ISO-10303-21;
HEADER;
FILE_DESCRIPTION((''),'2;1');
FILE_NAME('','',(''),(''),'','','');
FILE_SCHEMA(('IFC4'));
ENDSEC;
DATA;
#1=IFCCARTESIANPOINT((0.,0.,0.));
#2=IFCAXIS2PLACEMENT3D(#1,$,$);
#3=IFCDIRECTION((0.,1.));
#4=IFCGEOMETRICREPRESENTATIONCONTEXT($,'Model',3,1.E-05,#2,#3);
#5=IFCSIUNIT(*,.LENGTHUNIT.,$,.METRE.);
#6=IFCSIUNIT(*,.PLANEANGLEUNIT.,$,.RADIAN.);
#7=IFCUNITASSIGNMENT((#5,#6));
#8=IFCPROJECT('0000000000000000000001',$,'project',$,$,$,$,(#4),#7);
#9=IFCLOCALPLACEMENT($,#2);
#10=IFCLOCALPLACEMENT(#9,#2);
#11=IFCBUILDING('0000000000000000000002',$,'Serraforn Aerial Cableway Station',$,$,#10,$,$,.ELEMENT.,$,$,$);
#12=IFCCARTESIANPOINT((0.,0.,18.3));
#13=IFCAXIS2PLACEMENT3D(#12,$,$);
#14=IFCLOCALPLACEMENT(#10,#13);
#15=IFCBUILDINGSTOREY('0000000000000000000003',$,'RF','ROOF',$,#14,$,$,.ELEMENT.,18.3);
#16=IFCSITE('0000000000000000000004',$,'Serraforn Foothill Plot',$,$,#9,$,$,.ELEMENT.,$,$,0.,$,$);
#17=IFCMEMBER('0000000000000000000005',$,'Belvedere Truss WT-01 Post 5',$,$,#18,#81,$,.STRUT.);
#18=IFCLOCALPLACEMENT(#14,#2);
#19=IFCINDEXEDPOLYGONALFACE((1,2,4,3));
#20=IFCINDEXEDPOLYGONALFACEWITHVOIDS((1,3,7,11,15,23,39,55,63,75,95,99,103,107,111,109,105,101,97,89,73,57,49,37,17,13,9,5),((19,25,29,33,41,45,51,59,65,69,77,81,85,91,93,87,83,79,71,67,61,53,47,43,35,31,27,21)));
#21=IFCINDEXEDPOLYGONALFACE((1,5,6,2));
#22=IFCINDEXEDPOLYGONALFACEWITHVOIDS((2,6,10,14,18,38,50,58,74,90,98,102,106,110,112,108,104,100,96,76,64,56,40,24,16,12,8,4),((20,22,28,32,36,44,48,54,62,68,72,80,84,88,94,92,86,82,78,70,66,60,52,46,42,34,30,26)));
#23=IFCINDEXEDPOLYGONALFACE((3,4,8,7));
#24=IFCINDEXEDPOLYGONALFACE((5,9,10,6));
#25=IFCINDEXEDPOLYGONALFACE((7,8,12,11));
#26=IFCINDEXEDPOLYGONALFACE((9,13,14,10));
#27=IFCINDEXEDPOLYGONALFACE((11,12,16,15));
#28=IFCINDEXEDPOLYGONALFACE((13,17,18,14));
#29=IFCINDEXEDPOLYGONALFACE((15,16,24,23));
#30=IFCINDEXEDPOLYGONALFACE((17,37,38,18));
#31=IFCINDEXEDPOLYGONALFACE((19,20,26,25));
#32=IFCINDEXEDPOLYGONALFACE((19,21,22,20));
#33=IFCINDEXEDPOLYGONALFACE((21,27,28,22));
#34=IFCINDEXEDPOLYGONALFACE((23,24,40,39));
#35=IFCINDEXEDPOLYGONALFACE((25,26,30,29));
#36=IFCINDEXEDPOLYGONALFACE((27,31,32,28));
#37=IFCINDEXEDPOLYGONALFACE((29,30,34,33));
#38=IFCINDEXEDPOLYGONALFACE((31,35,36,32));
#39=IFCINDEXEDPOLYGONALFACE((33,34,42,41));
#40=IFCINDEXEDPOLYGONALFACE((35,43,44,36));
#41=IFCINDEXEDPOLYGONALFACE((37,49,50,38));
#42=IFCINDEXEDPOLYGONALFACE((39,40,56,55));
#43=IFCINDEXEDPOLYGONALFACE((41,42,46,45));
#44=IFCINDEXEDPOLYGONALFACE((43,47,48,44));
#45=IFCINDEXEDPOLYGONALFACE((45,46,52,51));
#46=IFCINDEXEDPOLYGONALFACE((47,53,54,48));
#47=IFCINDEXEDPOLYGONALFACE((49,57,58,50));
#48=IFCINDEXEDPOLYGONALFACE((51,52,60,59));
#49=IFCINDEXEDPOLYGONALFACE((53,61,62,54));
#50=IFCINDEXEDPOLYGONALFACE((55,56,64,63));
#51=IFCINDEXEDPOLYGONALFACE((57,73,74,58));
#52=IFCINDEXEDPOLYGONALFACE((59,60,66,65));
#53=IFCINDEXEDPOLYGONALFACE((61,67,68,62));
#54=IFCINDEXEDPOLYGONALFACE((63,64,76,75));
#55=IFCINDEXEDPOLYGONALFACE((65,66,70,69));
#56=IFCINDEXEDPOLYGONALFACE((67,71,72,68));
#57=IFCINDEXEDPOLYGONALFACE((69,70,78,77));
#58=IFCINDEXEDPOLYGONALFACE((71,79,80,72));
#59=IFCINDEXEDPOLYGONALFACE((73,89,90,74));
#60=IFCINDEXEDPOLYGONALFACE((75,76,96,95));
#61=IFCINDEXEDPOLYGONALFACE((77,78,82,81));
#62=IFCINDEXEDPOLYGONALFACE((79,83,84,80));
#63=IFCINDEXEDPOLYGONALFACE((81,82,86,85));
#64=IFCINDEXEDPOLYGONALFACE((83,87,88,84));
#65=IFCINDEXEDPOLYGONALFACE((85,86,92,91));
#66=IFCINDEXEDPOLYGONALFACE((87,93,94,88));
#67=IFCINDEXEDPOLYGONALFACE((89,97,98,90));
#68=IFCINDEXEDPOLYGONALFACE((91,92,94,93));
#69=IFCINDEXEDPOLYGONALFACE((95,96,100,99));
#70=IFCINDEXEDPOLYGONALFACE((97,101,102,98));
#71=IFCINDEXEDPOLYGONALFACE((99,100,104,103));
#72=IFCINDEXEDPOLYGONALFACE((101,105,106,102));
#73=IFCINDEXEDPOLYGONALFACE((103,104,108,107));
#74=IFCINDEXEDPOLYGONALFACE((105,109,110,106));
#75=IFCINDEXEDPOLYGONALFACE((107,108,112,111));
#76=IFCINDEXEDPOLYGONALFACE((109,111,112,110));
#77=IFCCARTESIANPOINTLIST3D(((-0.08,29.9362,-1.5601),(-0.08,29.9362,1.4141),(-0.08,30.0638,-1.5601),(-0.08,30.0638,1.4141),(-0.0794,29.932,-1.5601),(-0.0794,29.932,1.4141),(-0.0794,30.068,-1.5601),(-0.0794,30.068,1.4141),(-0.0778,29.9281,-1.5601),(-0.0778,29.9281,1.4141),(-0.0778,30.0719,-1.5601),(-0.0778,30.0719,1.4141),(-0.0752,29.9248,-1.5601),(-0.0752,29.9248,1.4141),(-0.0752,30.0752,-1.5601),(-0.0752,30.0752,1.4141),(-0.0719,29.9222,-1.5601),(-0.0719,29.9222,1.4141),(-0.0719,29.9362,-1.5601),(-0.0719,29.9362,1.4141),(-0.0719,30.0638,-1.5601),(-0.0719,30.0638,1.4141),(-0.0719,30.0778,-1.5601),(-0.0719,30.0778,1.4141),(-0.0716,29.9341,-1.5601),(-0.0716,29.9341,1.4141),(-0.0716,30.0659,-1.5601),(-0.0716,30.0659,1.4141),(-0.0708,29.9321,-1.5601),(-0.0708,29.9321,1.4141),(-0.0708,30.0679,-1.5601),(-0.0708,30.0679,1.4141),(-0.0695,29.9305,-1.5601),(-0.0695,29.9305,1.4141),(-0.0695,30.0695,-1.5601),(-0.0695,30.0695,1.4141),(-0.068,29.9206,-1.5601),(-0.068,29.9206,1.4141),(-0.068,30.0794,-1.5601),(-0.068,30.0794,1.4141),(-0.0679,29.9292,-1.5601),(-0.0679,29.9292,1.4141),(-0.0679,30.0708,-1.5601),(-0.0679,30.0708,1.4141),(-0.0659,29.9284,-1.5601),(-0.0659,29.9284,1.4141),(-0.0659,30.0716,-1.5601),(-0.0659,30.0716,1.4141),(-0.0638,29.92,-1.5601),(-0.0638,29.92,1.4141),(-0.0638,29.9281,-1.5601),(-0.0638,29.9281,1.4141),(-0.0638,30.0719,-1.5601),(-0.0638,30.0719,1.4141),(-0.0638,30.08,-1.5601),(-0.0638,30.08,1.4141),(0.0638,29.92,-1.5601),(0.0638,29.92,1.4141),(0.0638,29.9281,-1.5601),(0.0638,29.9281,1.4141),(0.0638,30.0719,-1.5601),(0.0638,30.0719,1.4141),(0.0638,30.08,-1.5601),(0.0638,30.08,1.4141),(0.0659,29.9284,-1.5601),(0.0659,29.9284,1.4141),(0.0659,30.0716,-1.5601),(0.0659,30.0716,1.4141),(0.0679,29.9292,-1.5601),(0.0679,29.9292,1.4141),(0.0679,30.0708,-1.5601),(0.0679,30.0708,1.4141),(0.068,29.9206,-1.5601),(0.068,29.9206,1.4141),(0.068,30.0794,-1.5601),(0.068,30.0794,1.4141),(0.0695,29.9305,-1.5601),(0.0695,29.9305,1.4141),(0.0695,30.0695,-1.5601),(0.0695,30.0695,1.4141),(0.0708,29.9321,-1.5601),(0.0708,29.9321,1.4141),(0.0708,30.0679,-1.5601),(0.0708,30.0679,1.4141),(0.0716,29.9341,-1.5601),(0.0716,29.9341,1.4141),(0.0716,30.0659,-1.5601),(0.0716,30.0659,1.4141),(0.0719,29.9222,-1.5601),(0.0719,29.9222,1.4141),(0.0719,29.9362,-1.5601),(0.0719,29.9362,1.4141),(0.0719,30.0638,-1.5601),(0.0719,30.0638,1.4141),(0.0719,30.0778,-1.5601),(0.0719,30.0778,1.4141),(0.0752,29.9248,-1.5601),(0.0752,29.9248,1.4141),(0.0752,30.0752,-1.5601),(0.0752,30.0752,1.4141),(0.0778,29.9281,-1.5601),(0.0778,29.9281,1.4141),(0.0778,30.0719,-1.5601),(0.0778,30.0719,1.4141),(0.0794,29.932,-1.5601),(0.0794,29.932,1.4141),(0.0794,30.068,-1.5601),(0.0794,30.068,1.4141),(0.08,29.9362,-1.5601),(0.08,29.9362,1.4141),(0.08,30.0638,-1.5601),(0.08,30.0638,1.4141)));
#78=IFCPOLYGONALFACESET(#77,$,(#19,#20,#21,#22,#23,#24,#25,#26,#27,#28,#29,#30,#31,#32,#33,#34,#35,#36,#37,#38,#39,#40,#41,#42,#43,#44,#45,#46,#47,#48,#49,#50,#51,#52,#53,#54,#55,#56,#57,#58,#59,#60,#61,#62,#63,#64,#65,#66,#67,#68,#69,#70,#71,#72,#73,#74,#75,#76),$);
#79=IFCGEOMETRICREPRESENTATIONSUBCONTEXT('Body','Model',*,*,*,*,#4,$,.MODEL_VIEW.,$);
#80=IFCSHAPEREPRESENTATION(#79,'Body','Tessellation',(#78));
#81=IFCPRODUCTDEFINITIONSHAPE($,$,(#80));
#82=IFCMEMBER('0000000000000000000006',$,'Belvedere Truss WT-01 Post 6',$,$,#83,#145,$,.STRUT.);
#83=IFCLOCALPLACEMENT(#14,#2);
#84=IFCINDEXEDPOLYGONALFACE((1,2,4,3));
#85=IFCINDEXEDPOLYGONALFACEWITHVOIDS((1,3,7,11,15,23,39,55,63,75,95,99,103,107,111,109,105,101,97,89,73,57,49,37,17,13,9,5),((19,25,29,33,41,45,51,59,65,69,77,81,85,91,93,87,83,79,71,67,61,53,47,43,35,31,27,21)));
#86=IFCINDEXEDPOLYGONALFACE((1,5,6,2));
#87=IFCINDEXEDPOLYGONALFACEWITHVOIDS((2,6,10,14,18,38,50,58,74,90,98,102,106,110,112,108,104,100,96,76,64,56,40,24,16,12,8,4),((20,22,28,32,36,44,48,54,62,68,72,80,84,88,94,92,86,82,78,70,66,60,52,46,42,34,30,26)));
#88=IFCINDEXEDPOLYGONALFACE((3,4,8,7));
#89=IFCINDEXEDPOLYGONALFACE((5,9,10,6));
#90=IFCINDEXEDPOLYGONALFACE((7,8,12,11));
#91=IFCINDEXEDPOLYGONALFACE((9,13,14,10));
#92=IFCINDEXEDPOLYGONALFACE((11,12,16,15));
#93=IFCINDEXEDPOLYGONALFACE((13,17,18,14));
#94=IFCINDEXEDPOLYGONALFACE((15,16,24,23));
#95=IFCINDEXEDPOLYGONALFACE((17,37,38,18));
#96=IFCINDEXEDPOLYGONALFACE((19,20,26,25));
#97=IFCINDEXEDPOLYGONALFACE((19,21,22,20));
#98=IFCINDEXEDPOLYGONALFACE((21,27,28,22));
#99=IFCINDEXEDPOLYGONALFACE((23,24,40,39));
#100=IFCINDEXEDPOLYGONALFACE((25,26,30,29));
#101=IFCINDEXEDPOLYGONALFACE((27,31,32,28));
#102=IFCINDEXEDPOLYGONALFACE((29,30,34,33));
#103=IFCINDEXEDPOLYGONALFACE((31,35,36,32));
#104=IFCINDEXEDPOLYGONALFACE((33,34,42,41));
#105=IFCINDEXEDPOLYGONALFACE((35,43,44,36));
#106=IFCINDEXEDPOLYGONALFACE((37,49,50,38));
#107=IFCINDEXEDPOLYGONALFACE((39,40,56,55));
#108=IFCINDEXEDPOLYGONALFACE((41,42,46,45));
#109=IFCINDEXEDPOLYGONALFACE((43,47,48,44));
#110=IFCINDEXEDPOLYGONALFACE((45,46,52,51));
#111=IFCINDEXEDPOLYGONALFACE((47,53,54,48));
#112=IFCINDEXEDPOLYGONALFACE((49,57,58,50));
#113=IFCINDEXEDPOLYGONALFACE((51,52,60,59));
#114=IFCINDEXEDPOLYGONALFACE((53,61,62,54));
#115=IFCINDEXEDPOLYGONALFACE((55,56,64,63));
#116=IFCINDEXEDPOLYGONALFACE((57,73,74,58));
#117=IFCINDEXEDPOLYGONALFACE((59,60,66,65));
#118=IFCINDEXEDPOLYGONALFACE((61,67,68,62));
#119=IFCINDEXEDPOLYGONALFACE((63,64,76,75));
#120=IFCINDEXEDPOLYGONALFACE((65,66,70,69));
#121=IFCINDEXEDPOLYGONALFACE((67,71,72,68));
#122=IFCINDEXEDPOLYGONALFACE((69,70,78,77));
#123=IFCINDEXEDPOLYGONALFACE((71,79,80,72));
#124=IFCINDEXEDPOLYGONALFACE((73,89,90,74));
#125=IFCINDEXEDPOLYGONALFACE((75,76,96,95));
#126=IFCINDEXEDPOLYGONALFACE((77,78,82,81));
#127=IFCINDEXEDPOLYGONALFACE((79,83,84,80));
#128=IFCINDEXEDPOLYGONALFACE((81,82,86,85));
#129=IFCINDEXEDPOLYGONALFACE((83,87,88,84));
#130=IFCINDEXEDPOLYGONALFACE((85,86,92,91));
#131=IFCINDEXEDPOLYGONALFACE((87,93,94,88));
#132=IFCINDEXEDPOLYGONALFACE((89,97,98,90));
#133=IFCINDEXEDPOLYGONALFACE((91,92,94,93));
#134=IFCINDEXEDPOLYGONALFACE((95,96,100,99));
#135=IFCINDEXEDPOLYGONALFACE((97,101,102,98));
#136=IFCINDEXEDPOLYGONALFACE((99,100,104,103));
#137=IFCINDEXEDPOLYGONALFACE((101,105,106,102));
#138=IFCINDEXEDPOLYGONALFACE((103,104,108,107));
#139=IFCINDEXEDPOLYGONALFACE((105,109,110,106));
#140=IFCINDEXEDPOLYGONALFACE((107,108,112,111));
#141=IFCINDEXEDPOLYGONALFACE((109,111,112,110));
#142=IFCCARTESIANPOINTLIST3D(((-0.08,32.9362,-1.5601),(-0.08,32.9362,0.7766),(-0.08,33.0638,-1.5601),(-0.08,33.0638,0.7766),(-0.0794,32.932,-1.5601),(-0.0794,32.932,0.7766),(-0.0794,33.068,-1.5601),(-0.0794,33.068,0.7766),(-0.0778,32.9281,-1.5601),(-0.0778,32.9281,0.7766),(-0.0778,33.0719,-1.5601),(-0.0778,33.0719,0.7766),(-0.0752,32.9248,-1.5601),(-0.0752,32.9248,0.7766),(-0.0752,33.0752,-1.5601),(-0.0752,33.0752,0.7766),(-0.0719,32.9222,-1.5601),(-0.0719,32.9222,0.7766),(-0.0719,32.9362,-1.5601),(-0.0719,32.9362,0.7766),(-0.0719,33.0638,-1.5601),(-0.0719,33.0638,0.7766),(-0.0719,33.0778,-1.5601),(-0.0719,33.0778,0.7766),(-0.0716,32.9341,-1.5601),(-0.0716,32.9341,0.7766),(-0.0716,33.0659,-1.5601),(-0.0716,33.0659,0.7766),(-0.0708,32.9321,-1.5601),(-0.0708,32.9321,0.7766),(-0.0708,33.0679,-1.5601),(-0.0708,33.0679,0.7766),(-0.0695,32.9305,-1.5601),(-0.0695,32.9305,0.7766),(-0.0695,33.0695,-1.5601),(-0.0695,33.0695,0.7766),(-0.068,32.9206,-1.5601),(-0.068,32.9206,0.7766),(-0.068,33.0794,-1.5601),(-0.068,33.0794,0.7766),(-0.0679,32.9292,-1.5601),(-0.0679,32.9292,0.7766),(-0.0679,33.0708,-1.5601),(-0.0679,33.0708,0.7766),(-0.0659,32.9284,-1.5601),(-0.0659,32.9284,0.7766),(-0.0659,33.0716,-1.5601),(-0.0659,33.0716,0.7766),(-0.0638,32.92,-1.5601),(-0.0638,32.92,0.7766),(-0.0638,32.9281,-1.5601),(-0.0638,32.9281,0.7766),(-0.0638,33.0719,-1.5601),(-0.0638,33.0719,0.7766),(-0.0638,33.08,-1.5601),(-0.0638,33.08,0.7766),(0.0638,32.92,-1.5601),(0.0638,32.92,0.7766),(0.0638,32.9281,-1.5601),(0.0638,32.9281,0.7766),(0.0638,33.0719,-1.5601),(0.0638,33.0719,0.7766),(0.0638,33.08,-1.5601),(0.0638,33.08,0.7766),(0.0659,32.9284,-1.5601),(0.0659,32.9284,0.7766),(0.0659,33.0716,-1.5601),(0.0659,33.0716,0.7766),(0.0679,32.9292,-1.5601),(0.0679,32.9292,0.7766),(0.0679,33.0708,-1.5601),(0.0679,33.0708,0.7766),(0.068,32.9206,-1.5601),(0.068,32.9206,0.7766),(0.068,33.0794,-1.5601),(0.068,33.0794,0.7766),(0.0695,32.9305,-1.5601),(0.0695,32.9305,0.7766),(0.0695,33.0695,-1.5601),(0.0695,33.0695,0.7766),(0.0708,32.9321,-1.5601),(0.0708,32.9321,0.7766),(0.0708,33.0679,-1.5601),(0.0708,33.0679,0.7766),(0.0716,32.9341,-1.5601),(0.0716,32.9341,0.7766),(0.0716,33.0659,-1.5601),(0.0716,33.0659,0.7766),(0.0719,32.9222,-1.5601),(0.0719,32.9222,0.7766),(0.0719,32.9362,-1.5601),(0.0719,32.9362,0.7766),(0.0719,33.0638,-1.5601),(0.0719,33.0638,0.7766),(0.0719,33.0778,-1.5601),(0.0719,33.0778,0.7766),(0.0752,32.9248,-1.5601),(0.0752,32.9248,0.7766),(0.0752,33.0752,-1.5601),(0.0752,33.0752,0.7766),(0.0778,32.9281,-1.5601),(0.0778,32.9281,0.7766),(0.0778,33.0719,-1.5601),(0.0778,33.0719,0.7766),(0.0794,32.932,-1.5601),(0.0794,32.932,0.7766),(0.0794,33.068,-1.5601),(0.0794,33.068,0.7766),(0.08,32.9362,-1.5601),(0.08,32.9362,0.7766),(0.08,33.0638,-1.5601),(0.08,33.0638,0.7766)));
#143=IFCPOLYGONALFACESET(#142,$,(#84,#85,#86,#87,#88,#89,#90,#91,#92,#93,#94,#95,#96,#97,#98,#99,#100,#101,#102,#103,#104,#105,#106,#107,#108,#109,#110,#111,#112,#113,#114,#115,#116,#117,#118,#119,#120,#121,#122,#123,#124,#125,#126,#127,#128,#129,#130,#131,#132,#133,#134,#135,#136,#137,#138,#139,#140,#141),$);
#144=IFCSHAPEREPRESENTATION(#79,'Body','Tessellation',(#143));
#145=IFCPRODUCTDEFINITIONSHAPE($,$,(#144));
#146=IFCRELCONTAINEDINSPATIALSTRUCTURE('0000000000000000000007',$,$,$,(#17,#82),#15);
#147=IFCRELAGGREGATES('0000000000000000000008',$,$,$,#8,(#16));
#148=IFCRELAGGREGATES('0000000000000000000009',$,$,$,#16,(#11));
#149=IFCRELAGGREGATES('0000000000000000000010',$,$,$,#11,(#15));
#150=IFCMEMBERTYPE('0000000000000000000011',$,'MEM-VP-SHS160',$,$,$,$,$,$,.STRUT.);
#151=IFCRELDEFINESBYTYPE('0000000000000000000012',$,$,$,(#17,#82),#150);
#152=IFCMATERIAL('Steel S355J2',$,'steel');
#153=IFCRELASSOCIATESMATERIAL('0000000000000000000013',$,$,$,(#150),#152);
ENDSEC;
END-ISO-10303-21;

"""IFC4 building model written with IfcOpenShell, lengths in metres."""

from ifc_helpers import new_model, si_unit, direction, frame, origin, origin_2d, place, context, subcontext, project, spatial, hollow_rectangle, extrude, material, material_profile, profile_set, type_object, element, save


model = new_model("IFC4")

# Units and contexts
model_context = context("Model", 3, precision=1e-05, world=origin(), true_north=direction((0.0, 1.0)))
body_context = subcontext(model_context, "Body", "Model", "MODEL_VIEW")
ifc_project = project(units=[si_unit("LENGTHUNIT", "METRE"), si_unit("PLANEANGLEUNIT", "RADIAN")], contexts=[model_context])

# Site, building, storey
site_placement = place(None, origin())
site = spatial("IfcSite", under=ifc_project, at=site_placement, Name="Serraforn Foothill Plot", CompositionType="ELEMENT", RefElevation=0.0)
building_placement = place(site_placement, origin())
building = spatial("IfcBuilding", under=site, at=building_placement, Name="Serraforn Aerial Cableway Station", CompositionType="ELEMENT")
storey_placement = place(building_placement, frame((0.0, 0.0, 18.3)))
storey = spatial("IfcBuildingStorey", under=building, at=storey_placement, Name="RF", Description="ROOF", CompositionType="ELEMENT", Elevation=18.3)

# Members
ifc_material_1 = material(Name="Steel S355J2", Category="steel")
ifc_material_profile_1 = material_profile(ifc_material_1, hollow_rectangle(XDim=0.1599, YDim=0.1599, WallThickness=0.0081, InnerFilletRadius=0.0081, OuterFilletRadius=0.0161, at=origin_2d()), Name="SHS 160x160x8.0")
ifc_profile_set_1 = profile_set([ifc_material_profile_1], Name="Steel S355J2")
member_type_1 = type_object("IfcMemberType", Name="MEM-VP-SHS160", PredefinedType="STRUT", material=ifc_profile_set_1)
member_1_placement = place(storey_placement, frame((0.0, 30.0, -1.5601), z_axis=(0.0, 0.0, 1.0), x_axis=(1.0, 0.0, 0.0)))
element("IfcMember", 1, at=member_1_placement, inside=storey, type_object=member_type_1, Name="Belvedere Truss WT-01 Post 5", PredefinedType="STRUT", context=body_context, shape_type="SweptSolid", body=[
    extrude(hollow_rectangle(XDim=0.1599, YDim=0.1599, WallThickness=0.0081, InnerFilletRadius=0.0081, OuterFilletRadius=0.0161, at=origin_2d()), origin(), (0.0, 0.0, 1.0), 2.9741),
])
member_2_placement = place(storey_placement, frame((0.0, 33.0, -1.5601), z_axis=(0.0, 0.0, 1.0), x_axis=(1.0, 0.0, 0.0)))
element("IfcMember", 2, at=member_2_placement, inside=storey, type_object=member_type_1, Name="Belvedere Truss WT-01 Post 6", PredefinedType="STRUT", context=body_context, shape_type="SweptSolid", body=[
    extrude(hollow_rectangle(XDim=0.1599, YDim=0.1599, WallThickness=0.0081, InnerFilletRadius=0.0081, OuterFilletRadius=0.0161, at=origin_2d()), origin(), (0.0, 0.0, 1.0), 2.3367),
])

save(model, "model.ifc")
